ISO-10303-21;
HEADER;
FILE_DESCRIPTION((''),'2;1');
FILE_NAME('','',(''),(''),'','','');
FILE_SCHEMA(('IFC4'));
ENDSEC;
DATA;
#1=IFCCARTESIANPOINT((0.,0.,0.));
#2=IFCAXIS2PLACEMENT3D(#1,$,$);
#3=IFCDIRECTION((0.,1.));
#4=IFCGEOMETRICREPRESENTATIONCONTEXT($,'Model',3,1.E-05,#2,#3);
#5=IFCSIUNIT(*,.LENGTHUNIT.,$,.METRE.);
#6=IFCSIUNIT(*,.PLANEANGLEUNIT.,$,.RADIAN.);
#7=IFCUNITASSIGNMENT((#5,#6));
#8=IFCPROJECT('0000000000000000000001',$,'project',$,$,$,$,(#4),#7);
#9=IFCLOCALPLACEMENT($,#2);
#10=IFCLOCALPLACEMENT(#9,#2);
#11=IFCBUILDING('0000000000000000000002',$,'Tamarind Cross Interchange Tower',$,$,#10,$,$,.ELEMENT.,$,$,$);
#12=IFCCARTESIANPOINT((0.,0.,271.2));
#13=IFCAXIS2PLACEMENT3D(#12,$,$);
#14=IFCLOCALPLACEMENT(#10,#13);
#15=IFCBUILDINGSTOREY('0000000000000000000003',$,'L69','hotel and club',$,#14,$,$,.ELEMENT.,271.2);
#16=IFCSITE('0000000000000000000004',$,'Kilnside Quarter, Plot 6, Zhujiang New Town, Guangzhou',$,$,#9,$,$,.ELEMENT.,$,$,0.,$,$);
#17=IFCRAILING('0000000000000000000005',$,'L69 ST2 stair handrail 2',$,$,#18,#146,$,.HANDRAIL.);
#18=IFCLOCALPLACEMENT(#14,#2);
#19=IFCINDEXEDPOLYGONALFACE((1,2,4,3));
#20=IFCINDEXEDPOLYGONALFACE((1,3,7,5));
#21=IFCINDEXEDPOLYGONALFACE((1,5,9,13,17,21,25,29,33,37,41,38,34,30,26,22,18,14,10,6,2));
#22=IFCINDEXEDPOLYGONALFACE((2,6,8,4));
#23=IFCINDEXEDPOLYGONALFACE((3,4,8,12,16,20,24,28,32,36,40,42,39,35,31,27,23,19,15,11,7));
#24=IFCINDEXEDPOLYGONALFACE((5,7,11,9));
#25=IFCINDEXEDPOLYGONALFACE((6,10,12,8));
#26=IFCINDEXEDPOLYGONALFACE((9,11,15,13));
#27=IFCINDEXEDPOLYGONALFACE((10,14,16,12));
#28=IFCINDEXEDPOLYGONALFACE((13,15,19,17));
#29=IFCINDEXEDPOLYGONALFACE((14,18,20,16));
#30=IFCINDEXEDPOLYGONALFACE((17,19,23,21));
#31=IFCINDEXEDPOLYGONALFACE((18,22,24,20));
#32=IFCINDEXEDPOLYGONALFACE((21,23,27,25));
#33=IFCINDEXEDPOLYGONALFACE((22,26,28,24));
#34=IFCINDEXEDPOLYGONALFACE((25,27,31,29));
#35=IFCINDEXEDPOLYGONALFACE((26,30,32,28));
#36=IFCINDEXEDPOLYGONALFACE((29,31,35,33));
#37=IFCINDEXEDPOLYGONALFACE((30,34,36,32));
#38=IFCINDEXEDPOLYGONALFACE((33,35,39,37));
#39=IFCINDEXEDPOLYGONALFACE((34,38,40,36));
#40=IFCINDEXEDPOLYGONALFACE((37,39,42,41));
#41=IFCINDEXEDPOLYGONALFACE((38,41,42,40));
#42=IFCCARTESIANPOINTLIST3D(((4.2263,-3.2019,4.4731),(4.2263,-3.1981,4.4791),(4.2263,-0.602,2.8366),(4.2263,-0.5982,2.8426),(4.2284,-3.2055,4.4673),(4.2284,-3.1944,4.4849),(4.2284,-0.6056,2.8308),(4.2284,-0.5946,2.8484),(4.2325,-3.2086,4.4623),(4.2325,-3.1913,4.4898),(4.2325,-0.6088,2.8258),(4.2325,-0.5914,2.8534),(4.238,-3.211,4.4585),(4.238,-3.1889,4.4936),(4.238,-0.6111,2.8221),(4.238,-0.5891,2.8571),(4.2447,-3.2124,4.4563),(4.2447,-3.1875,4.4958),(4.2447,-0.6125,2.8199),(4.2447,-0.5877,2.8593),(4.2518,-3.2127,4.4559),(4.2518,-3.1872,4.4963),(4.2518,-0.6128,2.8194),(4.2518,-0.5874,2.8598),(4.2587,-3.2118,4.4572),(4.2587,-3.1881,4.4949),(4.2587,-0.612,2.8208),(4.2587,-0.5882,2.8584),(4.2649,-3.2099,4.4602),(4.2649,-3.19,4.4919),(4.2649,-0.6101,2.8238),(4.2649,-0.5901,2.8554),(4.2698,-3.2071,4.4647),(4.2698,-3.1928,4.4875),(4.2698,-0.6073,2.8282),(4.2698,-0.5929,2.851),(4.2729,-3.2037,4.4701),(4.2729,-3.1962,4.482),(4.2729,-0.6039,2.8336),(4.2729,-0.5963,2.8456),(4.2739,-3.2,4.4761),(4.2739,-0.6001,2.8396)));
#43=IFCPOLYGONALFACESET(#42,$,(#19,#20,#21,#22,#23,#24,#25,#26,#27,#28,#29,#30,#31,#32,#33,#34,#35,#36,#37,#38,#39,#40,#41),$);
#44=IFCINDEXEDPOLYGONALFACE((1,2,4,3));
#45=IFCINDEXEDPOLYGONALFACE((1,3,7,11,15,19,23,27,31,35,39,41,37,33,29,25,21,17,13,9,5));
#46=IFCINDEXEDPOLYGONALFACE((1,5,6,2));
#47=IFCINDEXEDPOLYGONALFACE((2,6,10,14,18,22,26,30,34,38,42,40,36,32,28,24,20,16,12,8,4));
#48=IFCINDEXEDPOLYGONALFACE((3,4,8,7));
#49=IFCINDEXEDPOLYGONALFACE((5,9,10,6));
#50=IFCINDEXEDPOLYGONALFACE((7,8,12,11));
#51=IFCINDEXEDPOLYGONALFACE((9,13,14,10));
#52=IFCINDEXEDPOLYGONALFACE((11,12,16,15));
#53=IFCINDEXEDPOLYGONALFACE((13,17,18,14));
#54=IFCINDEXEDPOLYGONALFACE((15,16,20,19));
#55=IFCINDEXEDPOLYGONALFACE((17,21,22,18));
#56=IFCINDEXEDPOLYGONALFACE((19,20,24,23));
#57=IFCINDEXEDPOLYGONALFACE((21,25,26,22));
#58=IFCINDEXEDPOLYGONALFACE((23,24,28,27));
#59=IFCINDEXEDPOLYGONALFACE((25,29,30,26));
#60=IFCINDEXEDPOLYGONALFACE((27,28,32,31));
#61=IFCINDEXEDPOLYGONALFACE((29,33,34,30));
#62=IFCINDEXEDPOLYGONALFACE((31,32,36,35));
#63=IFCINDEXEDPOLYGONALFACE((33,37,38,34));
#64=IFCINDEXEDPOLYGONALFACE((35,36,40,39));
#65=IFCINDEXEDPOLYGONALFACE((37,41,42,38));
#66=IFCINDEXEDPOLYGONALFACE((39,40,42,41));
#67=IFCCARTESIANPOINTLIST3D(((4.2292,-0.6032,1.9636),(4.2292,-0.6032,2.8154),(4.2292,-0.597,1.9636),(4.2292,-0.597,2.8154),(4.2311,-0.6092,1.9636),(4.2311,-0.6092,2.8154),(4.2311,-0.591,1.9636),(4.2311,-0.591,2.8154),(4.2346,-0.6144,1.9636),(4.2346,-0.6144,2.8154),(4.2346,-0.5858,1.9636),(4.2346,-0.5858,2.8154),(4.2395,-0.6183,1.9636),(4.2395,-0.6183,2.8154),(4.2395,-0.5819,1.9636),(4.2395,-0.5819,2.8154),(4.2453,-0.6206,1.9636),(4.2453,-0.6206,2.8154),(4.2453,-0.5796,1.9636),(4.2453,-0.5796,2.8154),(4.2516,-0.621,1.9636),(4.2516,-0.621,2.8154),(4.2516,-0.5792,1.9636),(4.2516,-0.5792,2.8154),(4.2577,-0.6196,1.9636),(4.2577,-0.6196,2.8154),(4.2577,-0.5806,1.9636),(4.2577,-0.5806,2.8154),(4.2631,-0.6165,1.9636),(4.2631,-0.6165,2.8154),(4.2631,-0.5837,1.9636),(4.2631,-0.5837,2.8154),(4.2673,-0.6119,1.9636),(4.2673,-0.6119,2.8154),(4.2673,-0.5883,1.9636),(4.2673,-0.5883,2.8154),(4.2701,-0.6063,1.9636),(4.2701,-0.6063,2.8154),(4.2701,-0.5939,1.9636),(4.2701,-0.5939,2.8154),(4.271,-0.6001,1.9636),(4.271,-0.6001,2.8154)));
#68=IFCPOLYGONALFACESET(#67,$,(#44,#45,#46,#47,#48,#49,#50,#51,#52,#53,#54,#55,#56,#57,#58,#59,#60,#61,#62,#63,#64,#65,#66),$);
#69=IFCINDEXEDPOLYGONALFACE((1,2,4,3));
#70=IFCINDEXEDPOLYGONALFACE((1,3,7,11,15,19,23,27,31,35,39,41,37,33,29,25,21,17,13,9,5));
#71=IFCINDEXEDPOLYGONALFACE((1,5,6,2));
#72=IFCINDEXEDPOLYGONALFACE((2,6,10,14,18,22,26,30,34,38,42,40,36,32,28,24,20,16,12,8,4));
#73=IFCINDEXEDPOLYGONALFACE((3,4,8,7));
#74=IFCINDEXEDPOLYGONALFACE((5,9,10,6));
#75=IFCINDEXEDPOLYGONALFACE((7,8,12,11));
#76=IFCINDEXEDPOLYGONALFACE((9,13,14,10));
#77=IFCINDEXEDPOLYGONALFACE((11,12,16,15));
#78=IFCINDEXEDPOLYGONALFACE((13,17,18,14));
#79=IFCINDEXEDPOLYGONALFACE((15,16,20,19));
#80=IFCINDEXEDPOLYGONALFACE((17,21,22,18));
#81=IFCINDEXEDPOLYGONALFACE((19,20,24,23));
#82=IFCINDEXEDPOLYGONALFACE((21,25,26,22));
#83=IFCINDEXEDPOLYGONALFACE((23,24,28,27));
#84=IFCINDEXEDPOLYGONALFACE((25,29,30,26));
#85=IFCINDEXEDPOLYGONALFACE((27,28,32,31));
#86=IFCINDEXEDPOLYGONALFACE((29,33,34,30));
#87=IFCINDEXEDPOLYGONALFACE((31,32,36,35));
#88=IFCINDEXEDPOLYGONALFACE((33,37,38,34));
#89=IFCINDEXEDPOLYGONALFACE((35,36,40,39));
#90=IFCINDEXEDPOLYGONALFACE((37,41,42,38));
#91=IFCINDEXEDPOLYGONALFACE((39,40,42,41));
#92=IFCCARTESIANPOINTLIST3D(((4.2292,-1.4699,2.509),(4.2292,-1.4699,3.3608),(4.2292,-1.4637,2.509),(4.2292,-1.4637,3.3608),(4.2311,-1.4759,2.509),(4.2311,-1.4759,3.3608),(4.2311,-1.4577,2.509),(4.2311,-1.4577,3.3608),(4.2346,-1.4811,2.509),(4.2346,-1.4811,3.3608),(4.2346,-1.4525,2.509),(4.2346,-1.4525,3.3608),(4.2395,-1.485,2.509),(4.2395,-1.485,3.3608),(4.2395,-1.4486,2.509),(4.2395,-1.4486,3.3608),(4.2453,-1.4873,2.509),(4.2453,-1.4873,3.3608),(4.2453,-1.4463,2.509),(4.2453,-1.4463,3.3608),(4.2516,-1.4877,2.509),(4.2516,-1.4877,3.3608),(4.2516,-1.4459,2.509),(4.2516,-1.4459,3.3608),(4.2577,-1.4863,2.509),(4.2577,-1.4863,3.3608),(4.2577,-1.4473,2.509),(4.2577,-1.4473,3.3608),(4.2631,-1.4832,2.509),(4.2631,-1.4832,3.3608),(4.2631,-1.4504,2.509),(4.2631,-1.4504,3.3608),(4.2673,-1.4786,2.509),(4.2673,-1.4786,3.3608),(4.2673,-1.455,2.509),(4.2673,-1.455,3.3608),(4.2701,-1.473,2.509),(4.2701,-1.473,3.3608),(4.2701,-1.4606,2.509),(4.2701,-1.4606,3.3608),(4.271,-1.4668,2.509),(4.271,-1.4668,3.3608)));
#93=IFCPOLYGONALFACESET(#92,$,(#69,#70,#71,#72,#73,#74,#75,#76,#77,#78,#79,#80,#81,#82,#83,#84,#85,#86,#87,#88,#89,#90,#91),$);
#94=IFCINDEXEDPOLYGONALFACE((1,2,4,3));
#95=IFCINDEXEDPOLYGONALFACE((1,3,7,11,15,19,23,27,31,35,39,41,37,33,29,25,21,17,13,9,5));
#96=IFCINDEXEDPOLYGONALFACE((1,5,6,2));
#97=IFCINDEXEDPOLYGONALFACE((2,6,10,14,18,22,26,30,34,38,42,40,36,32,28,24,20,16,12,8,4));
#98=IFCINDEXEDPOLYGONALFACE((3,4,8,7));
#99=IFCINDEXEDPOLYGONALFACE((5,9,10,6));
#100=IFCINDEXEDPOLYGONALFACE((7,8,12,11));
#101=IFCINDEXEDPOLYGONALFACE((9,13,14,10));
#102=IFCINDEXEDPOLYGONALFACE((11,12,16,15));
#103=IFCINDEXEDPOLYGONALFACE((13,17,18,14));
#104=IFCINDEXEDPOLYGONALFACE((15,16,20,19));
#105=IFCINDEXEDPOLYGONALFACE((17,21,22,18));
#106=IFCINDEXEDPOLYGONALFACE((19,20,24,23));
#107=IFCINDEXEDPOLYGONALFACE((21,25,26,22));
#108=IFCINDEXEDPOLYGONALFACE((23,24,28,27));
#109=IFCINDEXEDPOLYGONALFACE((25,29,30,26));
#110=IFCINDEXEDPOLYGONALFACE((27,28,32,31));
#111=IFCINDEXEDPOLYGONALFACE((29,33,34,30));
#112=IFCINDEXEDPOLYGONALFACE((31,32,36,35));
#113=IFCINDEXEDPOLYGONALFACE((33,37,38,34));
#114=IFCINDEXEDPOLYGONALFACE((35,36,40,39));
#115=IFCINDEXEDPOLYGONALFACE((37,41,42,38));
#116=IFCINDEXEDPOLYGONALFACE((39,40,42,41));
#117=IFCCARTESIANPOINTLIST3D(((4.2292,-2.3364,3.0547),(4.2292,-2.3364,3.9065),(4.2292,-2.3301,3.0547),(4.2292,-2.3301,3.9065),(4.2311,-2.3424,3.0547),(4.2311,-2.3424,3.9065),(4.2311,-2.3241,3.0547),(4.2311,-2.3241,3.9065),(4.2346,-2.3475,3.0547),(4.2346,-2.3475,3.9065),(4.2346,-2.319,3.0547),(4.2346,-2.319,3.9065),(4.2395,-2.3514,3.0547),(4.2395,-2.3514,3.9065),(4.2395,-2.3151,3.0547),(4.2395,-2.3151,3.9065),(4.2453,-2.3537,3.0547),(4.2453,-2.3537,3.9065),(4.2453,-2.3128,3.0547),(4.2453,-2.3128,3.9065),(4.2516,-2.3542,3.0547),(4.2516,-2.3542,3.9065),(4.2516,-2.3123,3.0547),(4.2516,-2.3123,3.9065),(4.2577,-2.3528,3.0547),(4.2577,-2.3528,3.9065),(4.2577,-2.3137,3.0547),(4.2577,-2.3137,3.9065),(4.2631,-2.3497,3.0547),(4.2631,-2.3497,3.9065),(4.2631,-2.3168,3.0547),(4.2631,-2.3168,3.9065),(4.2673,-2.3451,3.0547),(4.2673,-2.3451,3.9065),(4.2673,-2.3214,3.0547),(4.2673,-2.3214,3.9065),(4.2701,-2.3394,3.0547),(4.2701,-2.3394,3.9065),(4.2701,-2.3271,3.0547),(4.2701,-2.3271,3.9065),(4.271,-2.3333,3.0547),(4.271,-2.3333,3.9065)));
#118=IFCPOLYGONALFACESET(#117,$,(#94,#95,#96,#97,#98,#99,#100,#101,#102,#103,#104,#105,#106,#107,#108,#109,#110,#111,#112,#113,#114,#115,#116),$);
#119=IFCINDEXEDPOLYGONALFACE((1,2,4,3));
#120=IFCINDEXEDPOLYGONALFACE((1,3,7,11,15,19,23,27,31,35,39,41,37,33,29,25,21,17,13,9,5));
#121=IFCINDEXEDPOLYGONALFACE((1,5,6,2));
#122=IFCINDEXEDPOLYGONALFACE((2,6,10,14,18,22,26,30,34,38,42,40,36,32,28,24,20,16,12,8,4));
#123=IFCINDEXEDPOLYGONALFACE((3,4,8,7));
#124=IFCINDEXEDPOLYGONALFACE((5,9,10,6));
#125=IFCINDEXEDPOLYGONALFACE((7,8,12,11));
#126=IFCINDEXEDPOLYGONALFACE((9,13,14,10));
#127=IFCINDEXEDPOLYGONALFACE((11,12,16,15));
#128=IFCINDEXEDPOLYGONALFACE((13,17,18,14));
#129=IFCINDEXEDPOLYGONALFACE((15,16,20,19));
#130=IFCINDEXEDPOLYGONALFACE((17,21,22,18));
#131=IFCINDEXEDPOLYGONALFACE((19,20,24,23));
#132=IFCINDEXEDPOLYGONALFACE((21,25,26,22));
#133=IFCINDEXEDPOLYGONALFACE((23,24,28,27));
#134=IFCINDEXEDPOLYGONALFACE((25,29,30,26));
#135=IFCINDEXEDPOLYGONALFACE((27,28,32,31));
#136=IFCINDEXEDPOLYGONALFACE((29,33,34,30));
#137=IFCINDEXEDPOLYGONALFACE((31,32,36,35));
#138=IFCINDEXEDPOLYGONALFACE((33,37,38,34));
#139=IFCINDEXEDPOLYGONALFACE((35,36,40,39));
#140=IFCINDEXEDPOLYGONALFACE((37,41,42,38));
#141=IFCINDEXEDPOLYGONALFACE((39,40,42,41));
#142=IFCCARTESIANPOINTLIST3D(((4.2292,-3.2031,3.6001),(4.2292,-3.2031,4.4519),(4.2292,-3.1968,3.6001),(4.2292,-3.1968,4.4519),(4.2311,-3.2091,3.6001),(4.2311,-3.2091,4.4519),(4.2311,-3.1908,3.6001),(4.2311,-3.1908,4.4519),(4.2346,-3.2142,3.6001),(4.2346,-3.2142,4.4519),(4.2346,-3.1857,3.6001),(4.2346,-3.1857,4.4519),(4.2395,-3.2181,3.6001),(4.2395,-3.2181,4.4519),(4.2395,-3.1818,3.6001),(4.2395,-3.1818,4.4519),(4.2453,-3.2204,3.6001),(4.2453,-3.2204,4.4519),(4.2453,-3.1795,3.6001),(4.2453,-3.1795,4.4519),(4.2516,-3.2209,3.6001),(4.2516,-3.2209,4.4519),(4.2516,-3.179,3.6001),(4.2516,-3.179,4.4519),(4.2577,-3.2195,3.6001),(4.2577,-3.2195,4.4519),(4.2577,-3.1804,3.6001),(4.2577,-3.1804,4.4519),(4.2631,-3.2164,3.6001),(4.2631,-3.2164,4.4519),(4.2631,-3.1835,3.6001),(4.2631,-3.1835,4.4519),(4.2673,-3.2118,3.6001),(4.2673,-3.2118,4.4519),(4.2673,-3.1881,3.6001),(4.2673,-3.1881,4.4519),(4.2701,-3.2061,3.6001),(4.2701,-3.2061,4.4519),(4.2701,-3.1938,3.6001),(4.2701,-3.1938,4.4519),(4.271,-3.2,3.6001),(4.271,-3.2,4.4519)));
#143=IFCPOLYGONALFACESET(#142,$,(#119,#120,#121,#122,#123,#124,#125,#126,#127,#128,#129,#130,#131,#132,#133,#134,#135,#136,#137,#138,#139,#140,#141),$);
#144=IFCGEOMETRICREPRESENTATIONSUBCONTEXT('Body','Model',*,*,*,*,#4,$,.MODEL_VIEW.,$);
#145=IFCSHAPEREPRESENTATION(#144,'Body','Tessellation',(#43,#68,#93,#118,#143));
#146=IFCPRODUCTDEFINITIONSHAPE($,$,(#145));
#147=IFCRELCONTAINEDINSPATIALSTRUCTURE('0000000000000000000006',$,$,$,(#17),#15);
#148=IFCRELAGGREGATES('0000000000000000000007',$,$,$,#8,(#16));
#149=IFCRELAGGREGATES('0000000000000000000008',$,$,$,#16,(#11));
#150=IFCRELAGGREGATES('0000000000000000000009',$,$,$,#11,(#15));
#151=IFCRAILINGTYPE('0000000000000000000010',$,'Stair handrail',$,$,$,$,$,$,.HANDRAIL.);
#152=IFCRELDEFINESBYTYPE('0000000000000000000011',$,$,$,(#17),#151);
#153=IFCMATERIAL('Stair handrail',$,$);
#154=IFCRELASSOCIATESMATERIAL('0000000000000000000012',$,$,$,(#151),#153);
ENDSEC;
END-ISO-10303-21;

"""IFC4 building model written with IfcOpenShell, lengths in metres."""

from ifc_helpers import new_model, si_unit, direction, frame, origin, origin_2d, place, context, subcontext, project, spatial, circle, extrude, material, type_object, element, save


model = new_model("IFC4")

# Units and contexts
model_context = context("Model", 3, precision=1e-05, world=origin(), true_north=direction((0.0, 1.0)))
body_context = subcontext(model_context, "Body", "Model", "MODEL_VIEW")
ifc_project = project(units=[si_unit("LENGTHUNIT", "METRE"), si_unit("PLANEANGLEUNIT", "RADIAN")], contexts=[model_context])

# Site, building, storey
site_placement = place(None, origin())
site = spatial("IfcSite", under=ifc_project, at=site_placement, Name="Kilnside Quarter, Plot 6, Zhujiang New Town, Guangzhou", CompositionType="ELEMENT", RefElevation=0.0)
building_placement = place(site_placement, origin())
building = spatial("IfcBuilding", under=site, at=building_placement, Name="Tamarind Cross Interchange Tower", CompositionType="ELEMENT")
storey_placement = place(building_placement, frame((0.0, 0.0, 271.2)))
storey = spatial("IfcBuildingStorey", under=building, at=storey_placement, Name="L69", Description="hotel and club", CompositionType="ELEMENT", Elevation=271.2)

# Railing
ifc_material_1 = material(Name="Stair handrail")
railing_type_1 = type_object("IfcRailingType", Name="Stair handrail", PredefinedType="HANDRAIL", material=ifc_material_1)
railing_1_placement = place(storey_placement, frame((4.25, -0.6001, 1.9636)))
element("IfcRailing", 1, at=railing_1_placement, inside=storey, type_object=railing_type_1, Name="L69 ST2 stair handrail 2", PredefinedType="HANDRAIL", context=body_context, shape_type="SweptSolid", body=[
    extrude(circle(Radius=0.0239, at=origin_2d()), frame((0.0, 0.0, 0.876), z_axis=(0.0, -0.846302, 0.532704), x_axis=(1.0, 0.0, 0.0)), (0.0, 0.0, 1.0), 3.072),
    extrude(circle(Radius=0.021, at=origin_2d()), origin(), (0.0, 0.0, 1.0), 0.8518),
    extrude(circle(Radius=0.021, at=origin_2d()), frame((0.0, -0.8667, 0.5454)), (0.0, 0.0, 1.0), 0.8518),
    extrude(circle(Radius=0.021, at=origin_2d()), frame((0.0, -1.7332, 1.0911)), (0.0, 0.0, 1.0), 0.8518),
    extrude(circle(Radius=0.021, at=origin_2d()), frame((0.0, -2.5999, 1.6365)), (0.0, 0.0, 1.0), 0.8518),
])

save(model, "model.ifc")
